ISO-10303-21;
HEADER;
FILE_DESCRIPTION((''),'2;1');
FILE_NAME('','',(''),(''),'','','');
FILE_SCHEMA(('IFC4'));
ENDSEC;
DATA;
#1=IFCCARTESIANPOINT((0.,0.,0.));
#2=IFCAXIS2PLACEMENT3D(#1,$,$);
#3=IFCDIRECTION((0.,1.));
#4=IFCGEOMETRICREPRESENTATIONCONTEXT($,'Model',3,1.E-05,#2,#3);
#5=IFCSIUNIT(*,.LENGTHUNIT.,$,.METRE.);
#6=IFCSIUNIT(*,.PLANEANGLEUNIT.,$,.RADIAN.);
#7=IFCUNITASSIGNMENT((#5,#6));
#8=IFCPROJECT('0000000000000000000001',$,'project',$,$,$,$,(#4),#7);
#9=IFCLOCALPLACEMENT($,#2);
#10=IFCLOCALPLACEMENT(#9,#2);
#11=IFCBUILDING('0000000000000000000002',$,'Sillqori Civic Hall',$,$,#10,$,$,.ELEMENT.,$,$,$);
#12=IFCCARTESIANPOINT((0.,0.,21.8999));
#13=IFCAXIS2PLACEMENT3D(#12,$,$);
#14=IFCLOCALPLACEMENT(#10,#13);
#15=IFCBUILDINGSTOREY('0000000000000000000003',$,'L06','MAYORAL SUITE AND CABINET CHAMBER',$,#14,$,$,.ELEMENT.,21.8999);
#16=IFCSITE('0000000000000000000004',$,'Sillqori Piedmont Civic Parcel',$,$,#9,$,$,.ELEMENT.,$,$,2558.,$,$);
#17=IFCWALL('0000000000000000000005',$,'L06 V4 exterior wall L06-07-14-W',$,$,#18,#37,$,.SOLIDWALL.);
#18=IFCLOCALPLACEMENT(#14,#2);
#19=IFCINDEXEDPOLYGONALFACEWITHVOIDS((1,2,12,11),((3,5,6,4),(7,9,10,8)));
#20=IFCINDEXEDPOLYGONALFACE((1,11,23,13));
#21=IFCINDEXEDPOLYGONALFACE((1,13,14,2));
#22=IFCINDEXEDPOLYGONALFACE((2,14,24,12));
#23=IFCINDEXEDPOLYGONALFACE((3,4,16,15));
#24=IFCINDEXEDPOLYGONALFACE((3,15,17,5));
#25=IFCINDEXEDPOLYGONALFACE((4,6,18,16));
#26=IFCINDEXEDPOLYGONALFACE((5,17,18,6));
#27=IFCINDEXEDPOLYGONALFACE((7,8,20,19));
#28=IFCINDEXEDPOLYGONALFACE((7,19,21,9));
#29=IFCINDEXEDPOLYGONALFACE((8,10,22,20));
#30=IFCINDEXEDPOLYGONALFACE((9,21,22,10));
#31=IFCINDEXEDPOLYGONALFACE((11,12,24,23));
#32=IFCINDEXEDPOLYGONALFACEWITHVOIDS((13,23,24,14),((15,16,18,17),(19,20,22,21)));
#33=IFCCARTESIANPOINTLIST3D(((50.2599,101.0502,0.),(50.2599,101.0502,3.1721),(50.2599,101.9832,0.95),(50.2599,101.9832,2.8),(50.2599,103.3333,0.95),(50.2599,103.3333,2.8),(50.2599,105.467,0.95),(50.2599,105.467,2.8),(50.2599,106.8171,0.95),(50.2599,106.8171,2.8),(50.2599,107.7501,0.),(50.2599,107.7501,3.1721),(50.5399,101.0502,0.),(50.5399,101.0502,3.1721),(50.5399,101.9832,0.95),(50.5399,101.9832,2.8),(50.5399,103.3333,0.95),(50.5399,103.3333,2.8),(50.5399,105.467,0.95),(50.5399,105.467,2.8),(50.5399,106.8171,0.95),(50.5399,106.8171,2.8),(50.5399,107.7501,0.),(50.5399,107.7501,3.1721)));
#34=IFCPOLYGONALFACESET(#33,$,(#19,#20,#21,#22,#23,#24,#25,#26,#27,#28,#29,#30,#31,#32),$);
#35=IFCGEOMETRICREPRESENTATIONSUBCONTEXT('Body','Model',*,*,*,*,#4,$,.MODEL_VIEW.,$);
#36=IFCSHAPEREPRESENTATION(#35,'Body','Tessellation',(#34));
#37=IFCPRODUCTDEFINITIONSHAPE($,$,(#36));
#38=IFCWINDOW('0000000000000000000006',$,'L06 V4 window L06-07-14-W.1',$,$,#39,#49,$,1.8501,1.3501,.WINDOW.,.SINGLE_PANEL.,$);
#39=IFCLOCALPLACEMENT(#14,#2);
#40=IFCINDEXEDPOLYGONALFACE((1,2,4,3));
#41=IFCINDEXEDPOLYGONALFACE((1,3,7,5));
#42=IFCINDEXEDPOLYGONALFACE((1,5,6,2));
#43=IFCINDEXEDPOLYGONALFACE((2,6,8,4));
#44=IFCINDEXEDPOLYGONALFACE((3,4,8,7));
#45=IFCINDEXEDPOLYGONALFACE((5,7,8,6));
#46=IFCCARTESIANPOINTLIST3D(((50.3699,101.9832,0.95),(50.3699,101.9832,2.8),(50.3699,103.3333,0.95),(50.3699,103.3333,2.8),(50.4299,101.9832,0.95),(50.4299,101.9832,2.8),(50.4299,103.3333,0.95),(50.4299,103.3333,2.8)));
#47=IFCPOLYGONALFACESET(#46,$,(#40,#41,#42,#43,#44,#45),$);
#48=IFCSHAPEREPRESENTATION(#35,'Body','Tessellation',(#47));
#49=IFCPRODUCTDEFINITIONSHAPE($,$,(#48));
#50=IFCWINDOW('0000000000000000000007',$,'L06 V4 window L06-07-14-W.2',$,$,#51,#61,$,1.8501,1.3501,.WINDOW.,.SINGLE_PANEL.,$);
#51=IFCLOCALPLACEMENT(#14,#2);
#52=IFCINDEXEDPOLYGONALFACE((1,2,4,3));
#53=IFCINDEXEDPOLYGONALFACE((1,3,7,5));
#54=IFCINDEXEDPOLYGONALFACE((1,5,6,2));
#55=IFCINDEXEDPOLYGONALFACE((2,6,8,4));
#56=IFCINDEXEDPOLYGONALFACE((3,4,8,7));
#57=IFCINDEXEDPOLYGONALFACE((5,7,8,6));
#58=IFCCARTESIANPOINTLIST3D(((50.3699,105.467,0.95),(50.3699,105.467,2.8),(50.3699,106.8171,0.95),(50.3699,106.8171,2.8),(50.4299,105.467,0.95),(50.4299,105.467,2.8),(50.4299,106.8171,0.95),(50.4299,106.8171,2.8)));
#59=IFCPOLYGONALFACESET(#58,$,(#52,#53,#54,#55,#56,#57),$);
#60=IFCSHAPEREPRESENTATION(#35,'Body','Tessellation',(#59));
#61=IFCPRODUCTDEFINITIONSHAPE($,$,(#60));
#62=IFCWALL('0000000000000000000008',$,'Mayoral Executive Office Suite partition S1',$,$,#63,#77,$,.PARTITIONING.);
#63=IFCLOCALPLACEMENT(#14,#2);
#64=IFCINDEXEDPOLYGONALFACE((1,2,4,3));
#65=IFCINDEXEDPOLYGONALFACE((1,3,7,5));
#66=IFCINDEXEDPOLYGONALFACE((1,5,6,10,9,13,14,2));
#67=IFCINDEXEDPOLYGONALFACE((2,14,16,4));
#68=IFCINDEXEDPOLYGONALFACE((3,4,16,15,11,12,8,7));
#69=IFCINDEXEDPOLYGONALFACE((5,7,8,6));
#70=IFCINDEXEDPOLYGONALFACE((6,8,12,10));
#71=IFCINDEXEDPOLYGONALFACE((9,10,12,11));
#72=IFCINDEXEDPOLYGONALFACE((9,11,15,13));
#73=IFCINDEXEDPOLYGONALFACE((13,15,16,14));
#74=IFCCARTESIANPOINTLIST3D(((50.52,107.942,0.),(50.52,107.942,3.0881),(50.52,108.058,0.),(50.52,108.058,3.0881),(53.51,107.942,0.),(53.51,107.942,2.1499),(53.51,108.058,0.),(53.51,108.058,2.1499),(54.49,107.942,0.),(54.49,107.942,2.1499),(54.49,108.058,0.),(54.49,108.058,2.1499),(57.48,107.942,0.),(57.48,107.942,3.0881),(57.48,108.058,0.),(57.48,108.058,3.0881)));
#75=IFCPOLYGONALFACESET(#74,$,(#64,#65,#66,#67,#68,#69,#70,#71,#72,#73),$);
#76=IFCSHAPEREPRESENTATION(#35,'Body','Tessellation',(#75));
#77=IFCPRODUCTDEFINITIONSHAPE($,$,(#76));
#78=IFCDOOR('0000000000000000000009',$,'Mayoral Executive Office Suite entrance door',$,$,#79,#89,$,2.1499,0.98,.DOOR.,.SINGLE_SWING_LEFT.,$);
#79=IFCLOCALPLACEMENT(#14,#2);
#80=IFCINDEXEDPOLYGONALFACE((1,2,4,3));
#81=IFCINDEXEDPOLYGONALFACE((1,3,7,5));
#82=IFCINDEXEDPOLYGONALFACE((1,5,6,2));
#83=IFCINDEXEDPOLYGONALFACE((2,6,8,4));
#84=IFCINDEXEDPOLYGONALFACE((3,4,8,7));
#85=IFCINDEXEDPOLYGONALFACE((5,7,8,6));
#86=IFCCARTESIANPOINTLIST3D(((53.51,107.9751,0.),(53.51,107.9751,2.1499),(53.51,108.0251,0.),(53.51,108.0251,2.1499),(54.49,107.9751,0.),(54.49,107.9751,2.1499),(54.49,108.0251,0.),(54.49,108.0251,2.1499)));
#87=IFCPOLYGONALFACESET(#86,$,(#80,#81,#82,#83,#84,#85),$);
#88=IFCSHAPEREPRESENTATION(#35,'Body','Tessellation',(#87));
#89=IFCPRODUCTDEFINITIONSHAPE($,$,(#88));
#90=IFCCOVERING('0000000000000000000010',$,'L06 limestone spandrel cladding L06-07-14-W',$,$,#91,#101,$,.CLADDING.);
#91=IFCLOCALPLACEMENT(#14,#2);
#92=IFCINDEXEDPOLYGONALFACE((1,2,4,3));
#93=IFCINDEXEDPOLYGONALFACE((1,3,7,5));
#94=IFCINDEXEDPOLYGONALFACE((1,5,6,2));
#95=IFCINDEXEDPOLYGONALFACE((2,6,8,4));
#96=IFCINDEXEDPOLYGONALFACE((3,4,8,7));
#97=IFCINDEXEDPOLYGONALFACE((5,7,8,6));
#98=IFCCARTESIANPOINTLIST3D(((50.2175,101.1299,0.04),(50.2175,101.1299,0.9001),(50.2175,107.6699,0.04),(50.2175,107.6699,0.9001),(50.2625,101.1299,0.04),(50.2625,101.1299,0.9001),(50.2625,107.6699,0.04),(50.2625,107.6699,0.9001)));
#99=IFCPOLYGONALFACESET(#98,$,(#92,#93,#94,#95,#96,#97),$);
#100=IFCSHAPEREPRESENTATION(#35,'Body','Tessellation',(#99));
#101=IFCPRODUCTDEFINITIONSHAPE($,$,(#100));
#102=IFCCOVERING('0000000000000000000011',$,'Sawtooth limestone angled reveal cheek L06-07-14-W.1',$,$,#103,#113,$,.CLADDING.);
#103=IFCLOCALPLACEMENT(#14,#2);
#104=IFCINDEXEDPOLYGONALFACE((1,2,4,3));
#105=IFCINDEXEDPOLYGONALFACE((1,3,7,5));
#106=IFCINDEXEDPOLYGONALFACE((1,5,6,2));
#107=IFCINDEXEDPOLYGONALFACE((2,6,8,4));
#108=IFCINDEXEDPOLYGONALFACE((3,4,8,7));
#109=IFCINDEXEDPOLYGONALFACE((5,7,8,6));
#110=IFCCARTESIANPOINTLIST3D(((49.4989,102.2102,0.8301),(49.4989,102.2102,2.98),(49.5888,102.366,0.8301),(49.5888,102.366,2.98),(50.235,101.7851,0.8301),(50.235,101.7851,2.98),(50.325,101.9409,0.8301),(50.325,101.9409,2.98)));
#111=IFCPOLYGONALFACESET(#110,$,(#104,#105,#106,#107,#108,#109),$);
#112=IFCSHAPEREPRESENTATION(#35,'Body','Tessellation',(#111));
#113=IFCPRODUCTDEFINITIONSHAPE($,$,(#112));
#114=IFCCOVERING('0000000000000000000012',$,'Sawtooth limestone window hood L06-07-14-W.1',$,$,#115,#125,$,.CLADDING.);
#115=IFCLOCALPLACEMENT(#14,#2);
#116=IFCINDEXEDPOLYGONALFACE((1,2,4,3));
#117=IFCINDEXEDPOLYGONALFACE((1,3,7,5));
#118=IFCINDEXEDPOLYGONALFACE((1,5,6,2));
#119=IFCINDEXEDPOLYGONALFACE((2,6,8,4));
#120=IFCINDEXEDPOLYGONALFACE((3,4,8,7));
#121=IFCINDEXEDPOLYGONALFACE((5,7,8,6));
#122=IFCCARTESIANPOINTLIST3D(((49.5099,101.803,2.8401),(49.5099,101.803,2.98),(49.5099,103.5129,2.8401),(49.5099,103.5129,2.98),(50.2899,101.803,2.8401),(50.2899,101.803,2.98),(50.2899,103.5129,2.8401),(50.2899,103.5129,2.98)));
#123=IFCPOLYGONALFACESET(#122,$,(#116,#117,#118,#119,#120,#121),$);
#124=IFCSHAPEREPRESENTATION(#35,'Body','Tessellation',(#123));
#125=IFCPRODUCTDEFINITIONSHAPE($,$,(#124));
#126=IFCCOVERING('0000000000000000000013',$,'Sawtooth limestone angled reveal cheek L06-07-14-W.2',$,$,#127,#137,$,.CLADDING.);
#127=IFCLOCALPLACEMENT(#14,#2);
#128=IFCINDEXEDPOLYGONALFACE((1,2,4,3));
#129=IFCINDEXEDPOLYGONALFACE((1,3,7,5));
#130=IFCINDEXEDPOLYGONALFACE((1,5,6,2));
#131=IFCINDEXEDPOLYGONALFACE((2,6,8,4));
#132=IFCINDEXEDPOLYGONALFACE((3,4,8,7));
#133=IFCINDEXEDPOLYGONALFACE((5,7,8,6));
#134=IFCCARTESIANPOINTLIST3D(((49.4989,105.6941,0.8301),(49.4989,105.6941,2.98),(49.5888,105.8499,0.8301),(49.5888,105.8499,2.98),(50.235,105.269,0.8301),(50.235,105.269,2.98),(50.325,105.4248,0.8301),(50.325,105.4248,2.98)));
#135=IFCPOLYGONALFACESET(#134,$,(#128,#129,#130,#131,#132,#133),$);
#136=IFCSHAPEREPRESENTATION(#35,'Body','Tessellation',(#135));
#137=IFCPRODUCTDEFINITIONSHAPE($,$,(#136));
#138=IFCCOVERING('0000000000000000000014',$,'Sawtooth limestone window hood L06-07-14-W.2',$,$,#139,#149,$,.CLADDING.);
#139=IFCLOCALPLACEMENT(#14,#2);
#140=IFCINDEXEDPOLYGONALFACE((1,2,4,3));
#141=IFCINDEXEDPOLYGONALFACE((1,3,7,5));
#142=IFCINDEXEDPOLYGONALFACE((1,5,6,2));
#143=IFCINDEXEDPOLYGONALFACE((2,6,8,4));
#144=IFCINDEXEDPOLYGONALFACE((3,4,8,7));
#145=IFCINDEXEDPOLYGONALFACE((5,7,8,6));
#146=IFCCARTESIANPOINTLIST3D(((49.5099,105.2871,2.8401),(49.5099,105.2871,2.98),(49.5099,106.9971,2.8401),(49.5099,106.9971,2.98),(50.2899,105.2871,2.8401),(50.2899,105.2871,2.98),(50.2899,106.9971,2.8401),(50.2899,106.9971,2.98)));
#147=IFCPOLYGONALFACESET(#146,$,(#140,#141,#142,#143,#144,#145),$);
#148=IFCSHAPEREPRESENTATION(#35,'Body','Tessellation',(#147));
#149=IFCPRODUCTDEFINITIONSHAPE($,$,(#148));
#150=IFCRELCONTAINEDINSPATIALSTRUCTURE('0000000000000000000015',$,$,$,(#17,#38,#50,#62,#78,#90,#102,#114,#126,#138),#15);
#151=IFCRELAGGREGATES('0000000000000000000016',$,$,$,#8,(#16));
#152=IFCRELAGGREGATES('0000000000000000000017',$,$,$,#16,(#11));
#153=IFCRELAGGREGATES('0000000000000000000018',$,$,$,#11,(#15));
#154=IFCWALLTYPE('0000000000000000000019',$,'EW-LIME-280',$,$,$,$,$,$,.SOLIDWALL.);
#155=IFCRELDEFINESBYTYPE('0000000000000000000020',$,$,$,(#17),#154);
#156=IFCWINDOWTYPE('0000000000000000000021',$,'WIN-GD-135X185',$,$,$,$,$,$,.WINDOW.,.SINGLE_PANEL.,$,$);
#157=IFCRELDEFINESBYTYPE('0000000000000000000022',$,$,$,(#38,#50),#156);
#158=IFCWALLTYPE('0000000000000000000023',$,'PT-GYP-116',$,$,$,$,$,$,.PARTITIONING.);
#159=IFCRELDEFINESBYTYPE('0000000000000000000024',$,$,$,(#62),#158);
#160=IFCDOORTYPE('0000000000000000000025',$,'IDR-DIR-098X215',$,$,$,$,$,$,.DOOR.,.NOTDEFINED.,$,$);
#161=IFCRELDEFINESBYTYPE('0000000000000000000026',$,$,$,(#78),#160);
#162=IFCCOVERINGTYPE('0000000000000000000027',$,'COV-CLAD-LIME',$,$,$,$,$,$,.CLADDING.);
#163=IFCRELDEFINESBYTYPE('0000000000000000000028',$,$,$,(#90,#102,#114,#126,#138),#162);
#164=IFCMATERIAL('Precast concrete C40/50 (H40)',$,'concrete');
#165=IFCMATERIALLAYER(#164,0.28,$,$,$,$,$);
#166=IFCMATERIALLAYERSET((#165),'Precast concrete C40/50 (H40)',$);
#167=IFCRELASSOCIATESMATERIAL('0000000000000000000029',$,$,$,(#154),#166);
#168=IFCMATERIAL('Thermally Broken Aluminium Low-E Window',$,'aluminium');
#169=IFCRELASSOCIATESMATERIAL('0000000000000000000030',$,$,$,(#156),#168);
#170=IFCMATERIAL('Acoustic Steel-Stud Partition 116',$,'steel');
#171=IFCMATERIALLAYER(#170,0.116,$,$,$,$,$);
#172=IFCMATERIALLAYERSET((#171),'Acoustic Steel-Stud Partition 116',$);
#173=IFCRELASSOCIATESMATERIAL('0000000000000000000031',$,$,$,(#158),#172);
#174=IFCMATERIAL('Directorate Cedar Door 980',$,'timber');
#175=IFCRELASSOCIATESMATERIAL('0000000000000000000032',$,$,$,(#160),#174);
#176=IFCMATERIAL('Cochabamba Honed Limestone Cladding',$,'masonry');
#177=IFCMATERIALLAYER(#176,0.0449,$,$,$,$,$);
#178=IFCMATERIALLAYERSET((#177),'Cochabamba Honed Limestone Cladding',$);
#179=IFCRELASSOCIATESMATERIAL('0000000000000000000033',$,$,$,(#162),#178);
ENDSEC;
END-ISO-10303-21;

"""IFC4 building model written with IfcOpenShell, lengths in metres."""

from ifc_helpers import new_model, si_unit, direction, frame, frame_2d, origin, place, context, subcontext, project, spatial, rectangle, extrude, material, layer, layer_set, type_object, element, fill, save


model = new_model("IFC4")

# Units and contexts
model_context = context("Model", 3, precision=1e-05, world=origin(), true_north=direction((0.0, 1.0)))
body_context = subcontext(model_context, "Body", "Model", "MODEL_VIEW")
ifc_project = project(units=[si_unit("LENGTHUNIT", "METRE"), si_unit("PLANEANGLEUNIT", "RADIAN")], contexts=[model_context])

# Site, building, storey
site_placement = place(None, origin())
site = spatial("IfcSite", under=ifc_project, at=site_placement, Name="Sillqori Piedmont Civic Parcel", CompositionType="ELEMENT", RefElevation=2558.0)
building_placement = place(site_placement, origin())
building = spatial("IfcBuilding", under=site, at=building_placement, Name="Sillqori Civic Hall", CompositionType="ELEMENT")
storey_placement = place(building_placement, frame((0.0, 0.0, 21.8999)))
storey = spatial("IfcBuildingStorey", under=building, at=storey_placement, Name="L06", Description="MAYORAL SUITE AND CABINET CHAMBER", CompositionType="ELEMENT", Elevation=21.8999)

# Shared definitions
ifc_material_1 = material(Name="Precast concrete C40/50 (H40)", Category="concrete")

# Wall, openings, windows
ifc_layer_1 = layer(ifc_material_1, 0.28)
ifc_layer_set_1 = layer_set([ifc_layer_1], Name="Precast concrete C40/50 (H40)")
wall_type_1 = type_object("IfcWallType", Name="EW-LIME-280", PredefinedType="SOLIDWALL", material=ifc_layer_set_1)
wall_1_placement = place(storey_placement, frame((50.3999, 101.05, 0.0), z_axis=(0.0, 0.0, 1.0), x_axis=(0.0, 1.0, 0.0)))
wall_1 = element("IfcWall", 1, at=wall_1_placement, inside=storey, type_object=wall_type_1, Name="L06 V4 exterior wall L06-07-14-W", PredefinedType="SOLIDWALL", context=body_context, shape_type="SweptSolid", body=[
    extrude(rectangle(XDim=6.7, YDim=0.28, at=frame_2d((3.3501, 0.0))), origin(), (0.0, 0.0, 1.0), 3.1721),
])
opening_1_placement = place(wall_1_placement, frame((0.9331, 0.0, 0.95)))
opening_1 = element("IfcOpeningElement", 2, at=opening_1_placement, cuts=wall_1, PredefinedType="OPENING", context=body_context, shape_type="SweptSolid", body=[
    extrude(rectangle(XDim=1.3501, YDim=1.8501, at=frame_2d((0.675, 0.925))), frame((0.0, 0.1499, 0.0), z_axis=(0.0, -1.0, 0.0), x_axis=(1.0, 0.0, 0.0)), (0.0, 0.0, 1.0), 0.3),
])
opening_2_placement = place(wall_1_placement, frame((4.417, 0.0, 0.95)))
opening_2 = element("IfcOpeningElement", 3, at=opening_2_placement, cuts=wall_1, PredefinedType="OPENING", context=body_context, shape_type="SweptSolid", body=[
    extrude(rectangle(XDim=1.3501, YDim=1.8501, at=frame_2d((0.675, 0.925))), frame((0.0, 0.1499, 0.0), z_axis=(0.0, -1.0, 0.0), x_axis=(1.0, 0.0, 0.0)), (0.0, 0.0, 1.0), 0.3),
])
ifc_material_2 = material(Name="Thermally Broken Aluminium Low-E Window", Category="aluminium")
window_type = type_object("IfcWindowType", Name="WIN-GD-135X185", PartitioningType="SINGLE_PANEL", PredefinedType="WINDOW", material=ifc_material_2)
window_1_placement = place(opening_1_placement, origin())
window_1 = element("IfcWindow", 4, at=window_1_placement, inside=storey, type_object=window_type, Name="L06 V4 window L06-07-14-W.1", OverallHeight=1.8501, OverallWidth=1.3501, PartitioningType="SINGLE_PANEL", PredefinedType="WINDOW", context=body_context, shape_type="SweptSolid", body=[
    extrude(rectangle(XDim=1.3501, YDim=1.8501, at=frame_2d((0.675, 0.925))), frame((0.0, 0.03, 0.0), z_axis=(0.0, -1.0, 0.0), x_axis=(1.0, 0.0, 0.0)), (0.0, 0.0, 1.0), 0.0601),
])
fill(opening_1, window_1)
window_2_placement = place(opening_2_placement, origin())
window_2 = element("IfcWindow", 5, at=window_2_placement, inside=storey, type_object=window_type, Name="L06 V4 window L06-07-14-W.2", OverallHeight=1.8501, OverallWidth=1.3501, PartitioningType="SINGLE_PANEL", PredefinedType="WINDOW", context=body_context, shape_type="SweptSolid", body=[
    extrude(rectangle(XDim=1.3501, YDim=1.8501, at=frame_2d((0.675, 0.925))), frame((0.0, 0.03, 0.0), z_axis=(0.0, -1.0, 0.0), x_axis=(1.0, 0.0, 0.0)), (0.0, 0.0, 1.0), 0.0601),
])
fill(opening_2, window_2)

# Wall, opening, door
ifc_material_3 = material(Name="Acoustic Steel-Stud Partition 116", Category="steel")
ifc_layer_2 = layer(ifc_material_3, 0.116)
ifc_layer_set_2 = layer_set([ifc_layer_2], Name="Acoustic Steel-Stud Partition 116")
wall_type_2 = type_object("IfcWallType", Name="PT-GYP-116", PredefinedType="PARTITIONING", material=ifc_layer_set_2)
wall_2_placement = place(storey_placement, frame((57.48, 108.0, 0.0), z_axis=(0.0, 0.0, 1.0), x_axis=(-1.0, 0.0, 0.0)))
wall_2 = element("IfcWall", 6, at=wall_2_placement, inside=storey, type_object=wall_type_2, Name="Mayoral Executive Office Suite partition S1", PredefinedType="PARTITIONING", context=body_context, shape_type="SweptSolid", body=[
    extrude(rectangle(XDim=6.96, YDim=0.116, at=frame_2d((3.48, 0.0))), origin(), (0.0, 0.0, 1.0), 3.0881),
])
opening_3_placement = place(wall_2_placement, frame((2.99, 0.0, 0.0)))
opening_3 = element("IfcOpeningElement", 7, at=opening_3_placement, cuts=wall_2, PredefinedType="OPENING", context=body_context, shape_type="SweptSolid", body=[
    extrude(rectangle(XDim=0.98, YDim=2.1499, at=frame_2d((0.49, 1.075))), frame((0.0, 0.0679, 0.0), z_axis=(0.0, -1.0, 0.0), x_axis=(1.0, 0.0, 0.0)), (0.0, 0.0, 1.0), 0.136),
])
ifc_material_4 = material(Name="Directorate Cedar Door 980", Category="timber")
door_type = type_object("IfcDoorType", Name="IDR-DIR-098X215", OperationType="NOTDEFINED", PredefinedType="DOOR", material=ifc_material_4)
door_placement = place(opening_3_placement, origin())
door = element("IfcDoor", 8, at=door_placement, inside=storey, type_object=door_type, Name="Mayoral Executive Office Suite entrance door", OperationType="SINGLE_SWING_LEFT", OverallHeight=2.1499, OverallWidth=0.98, PredefinedType="DOOR", context=body_context, shape_type="SweptSolid", body=[
    extrude(rectangle(XDim=0.98, YDim=2.1499, at=frame_2d((0.49, 1.075))), frame((0.0, 0.0249, 0.0), z_axis=(0.0, -1.0, 0.0), x_axis=(1.0, 0.0, 0.0)), (0.0, 0.0, 1.0), 0.05),
])
fill(opening_3, door)

# Coverings
ifc_material_5 = material(Name="Cochabamba Honed Limestone Cladding", Category="masonry")
ifc_layer_3 = layer(ifc_material_5, 0.0449)
ifc_layer_set_3 = layer_set([ifc_layer_3], Name="Cochabamba Honed Limestone Cladding")
covering_type = type_object("IfcCoveringType", Name="COV-CLAD-LIME", PredefinedType="CLADDING", material=ifc_layer_set_3)
covering_1_placement = place(storey_placement, frame((50.24, 101.1299, 0.04), z_axis=(0.0, 0.0, 1.0), x_axis=(0.0, 1.0, 0.0)))
element("IfcCovering", 9, at=covering_1_placement, inside=storey, type_object=covering_type, Name="L06 limestone spandrel cladding L06-07-14-W", PredefinedType="CLADDING", context=body_context, shape_type="SweptSolid", body=[
    extrude(rectangle(XDim=6.54, YDim=0.0449, at=frame_2d((3.27, 0.0))), origin(), (0.0, 0.0, 1.0), 0.8601),
])
covering_2_placement = place(storey_placement, frame((50.28, 101.863, 0.8301), z_axis=(0.0, 0.0, 1.0), x_axis=(-0.865989, 0.500062, 0.0)))
element("IfcCovering", 10, at=covering_2_placement, inside=storey, type_object=covering_type, Name="Sawtooth limestone angled reveal cheek L06-07-14-W.1", PredefinedType="CLADDING", context=body_context, shape_type="SweptSolid", body=[
    extrude(rectangle(XDim=0.8501, YDim=0.1799, at=frame_2d((0.425, 0.0))), origin(), (0.0, 0.0, 1.0), 2.1499),
])
covering_3_placement = place(storey_placement, frame((49.8999, 101.803, 2.8401), z_axis=(0.0, 0.0, 1.0), x_axis=(0.0, 1.0, 0.0)))
element("IfcCovering", 11, at=covering_3_placement, inside=storey, type_object=covering_type, Name="Sawtooth limestone window hood L06-07-14-W.1", PredefinedType="CLADDING", context=body_context, shape_type="SweptSolid", body=[
    extrude(rectangle(XDim=1.71, YDim=0.78, at=frame_2d((0.855, 0.0))), origin(), (0.0, 0.0, 1.0), 0.1399),
])
covering_4_placement = place(storey_placement, frame((50.28, 105.3469, 0.8301), z_axis=(0.0, 0.0, 1.0), x_axis=(-0.865989, 0.500062, 0.0)))
element("IfcCovering", 12, at=covering_4_placement, inside=storey, type_object=covering_type, Name="Sawtooth limestone angled reveal cheek L06-07-14-W.2", PredefinedType="CLADDING", context=body_context, shape_type="SweptSolid", body=[
    extrude(rectangle(XDim=0.8501, YDim=0.1799, at=frame_2d((0.425, 0.0))), origin(), (0.0, 0.0, 1.0), 2.1499),
])
covering_5_placement = place(storey_placement, frame((49.8999, 105.2871, 2.8401), z_axis=(0.0, 0.0, 1.0), x_axis=(0.0, 1.0, 0.0)))
element("IfcCovering", 13, at=covering_5_placement, inside=storey, type_object=covering_type, Name="Sawtooth limestone window hood L06-07-14-W.2", PredefinedType="CLADDING", context=body_context, shape_type="SweptSolid", body=[
    extrude(rectangle(XDim=1.71, YDim=0.78, at=frame_2d((0.855, 0.0))), origin(), (0.0, 0.0, 1.0), 0.1399),
])

save(model, "model.ifc")
